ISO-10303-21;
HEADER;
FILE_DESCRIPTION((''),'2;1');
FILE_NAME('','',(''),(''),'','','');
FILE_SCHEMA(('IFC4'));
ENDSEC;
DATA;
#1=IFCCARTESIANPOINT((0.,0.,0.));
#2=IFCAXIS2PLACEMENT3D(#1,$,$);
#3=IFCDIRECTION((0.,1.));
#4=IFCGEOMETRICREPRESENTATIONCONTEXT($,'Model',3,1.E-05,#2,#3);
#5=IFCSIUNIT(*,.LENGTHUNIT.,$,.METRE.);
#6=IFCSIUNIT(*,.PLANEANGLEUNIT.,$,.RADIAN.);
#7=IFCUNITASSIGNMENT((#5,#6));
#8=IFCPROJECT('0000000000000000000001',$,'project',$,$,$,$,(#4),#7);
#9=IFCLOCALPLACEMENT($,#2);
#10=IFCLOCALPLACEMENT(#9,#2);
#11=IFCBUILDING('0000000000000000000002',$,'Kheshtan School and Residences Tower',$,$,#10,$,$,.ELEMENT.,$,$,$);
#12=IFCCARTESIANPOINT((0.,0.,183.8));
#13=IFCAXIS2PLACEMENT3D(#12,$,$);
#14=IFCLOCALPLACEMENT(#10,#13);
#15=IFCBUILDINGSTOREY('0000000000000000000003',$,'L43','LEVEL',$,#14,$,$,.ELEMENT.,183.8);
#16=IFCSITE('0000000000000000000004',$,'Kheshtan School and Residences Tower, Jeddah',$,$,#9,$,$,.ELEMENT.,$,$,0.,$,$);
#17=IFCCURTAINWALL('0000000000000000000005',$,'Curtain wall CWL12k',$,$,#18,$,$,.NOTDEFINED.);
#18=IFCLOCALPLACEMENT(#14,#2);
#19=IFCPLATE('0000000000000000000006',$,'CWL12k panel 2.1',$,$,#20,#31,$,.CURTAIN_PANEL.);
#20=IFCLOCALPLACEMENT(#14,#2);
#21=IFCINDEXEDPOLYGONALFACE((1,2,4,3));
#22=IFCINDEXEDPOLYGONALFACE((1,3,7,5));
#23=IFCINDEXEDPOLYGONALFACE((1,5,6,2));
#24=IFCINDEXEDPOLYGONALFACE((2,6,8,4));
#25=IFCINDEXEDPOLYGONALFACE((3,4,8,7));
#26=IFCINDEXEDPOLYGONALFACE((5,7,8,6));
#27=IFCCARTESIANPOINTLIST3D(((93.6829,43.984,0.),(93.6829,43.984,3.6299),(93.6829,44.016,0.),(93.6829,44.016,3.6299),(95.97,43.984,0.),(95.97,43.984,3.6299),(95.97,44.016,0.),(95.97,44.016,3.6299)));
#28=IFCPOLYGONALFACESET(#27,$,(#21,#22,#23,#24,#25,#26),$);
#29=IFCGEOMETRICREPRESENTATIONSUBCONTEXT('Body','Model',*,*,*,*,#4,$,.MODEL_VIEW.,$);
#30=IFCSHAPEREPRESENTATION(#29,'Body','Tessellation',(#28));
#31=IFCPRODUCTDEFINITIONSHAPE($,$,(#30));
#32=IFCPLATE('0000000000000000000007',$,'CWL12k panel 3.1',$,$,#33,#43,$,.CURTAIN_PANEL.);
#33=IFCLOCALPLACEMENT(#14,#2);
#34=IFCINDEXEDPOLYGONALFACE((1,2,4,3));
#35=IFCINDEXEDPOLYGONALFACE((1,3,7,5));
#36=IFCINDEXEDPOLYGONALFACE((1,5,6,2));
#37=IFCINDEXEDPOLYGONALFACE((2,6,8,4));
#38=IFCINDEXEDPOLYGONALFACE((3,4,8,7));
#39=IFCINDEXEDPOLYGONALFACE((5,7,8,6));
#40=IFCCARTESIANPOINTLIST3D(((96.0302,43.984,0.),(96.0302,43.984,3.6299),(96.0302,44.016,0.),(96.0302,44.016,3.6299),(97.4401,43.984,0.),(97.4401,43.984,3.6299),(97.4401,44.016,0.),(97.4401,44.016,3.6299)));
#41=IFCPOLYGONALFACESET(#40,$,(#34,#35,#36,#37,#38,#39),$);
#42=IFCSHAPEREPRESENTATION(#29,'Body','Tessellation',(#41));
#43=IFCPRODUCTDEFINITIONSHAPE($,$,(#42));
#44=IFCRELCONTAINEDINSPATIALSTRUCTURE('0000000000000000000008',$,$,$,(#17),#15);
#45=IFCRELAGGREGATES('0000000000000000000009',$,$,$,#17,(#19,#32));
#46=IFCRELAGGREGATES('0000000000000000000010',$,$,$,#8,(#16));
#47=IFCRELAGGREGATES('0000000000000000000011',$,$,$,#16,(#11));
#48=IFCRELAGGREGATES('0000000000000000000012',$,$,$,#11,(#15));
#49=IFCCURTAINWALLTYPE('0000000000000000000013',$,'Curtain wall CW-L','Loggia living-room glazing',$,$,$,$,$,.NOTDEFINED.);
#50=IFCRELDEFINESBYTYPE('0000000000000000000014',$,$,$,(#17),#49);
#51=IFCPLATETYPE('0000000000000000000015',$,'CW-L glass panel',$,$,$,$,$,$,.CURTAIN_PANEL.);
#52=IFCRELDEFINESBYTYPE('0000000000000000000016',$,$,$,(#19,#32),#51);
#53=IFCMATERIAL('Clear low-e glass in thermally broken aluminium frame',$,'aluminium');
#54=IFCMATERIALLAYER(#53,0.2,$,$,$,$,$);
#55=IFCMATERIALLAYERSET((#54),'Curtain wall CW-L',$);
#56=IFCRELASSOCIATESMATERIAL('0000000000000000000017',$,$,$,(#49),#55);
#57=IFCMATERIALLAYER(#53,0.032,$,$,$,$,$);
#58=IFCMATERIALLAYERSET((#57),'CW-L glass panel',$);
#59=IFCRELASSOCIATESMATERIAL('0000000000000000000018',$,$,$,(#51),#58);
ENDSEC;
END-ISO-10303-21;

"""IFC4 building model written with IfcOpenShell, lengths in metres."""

from ifc_helpers import new_model, si_unit, direction, frame, origin, origin_2d, place, context, subcontext, project, spatial, rectangle, extrude, material, layer, layer_set, type_object, element, aggregate, save


model = new_model("IFC4")

# Units and contexts
model_context = context("Model", 3, precision=1e-05, world=origin(), true_north=direction((0.0, 1.0)))
body_context = subcontext(model_context, "Body", "Model", "MODEL_VIEW")
ifc_project = project(units=[si_unit("LENGTHUNIT", "METRE"), si_unit("PLANEANGLEUNIT", "RADIAN")], contexts=[model_context])

# Site, building, storey
site_placement = place(None, origin())
site = spatial("IfcSite", under=ifc_project, at=site_placement, Name="Kheshtan School and Residences Tower, Jeddah", CompositionType="ELEMENT", RefElevation=0.0)
building_placement = place(site_placement, origin())
building = spatial("IfcBuilding", under=site, at=building_placement, Name="Kheshtan School and Residences Tower", CompositionType="ELEMENT")
storey_placement = place(building_placement, frame((0.0, 0.0, 183.8)))
storey = spatial("IfcBuildingStorey", under=building, at=storey_placement, Name="L43", Description="LEVEL", CompositionType="ELEMENT", Elevation=183.8)

# Curtain wall
ifc_material_1 = material(Name="Clear low-e glass in thermally broken aluminium frame", Category="aluminium")
ifc_layer_1 = layer(ifc_material_1, 0.2)
ifc_layer_set_1 = layer_set([ifc_layer_1], Name="Curtain wall CW-L")
curtain_wall_type = type_object("IfcCurtainWallType", Name="Curtain wall CW-L", Description="Loggia living-room glazing", PredefinedType="NOTDEFINED", material=ifc_layer_set_1)
curtain_wall_1_placement = place(storey_placement, origin())
curtain_wall_1 = element("IfcCurtainWall", 1, at=curtain_wall_1_placement, inside=storey, type_object=curtain_wall_type, Name="Curtain wall CWL12k", PredefinedType="NOTDEFINED")

# Plates
ifc_layer_2 = layer(ifc_material_1, 0.032)
ifc_layer_set_2 = layer_set([ifc_layer_2], Name="CW-L glass panel")
plate_type = type_object("IfcPlateType", Name="CW-L glass panel", PredefinedType="CURTAIN_PANEL", material=ifc_layer_set_2)
plate_1_placement = place(storey_placement, frame((94.8264, 44.0, 0.0), z_axis=(0.0, 0.0, 1.0), x_axis=(1.0, 0.0, 0.0)))
plate_1 = element("IfcPlate", 2, at=plate_1_placement, type_object=plate_type, Name="CWL12k panel 2.1", PredefinedType="CURTAIN_PANEL", context=body_context, shape_type="SweptSolid", body=[
    extrude(rectangle(XDim=2.2871, YDim=0.032, at=origin_2d()), origin(), (0.0, 0.0, 1.0), 3.6299),
])
plate_2_placement = place(storey_placement, frame((96.7351, 44.0, 0.0), z_axis=(0.0, 0.0, 1.0), x_axis=(1.0, 0.0, 0.0)))
plate_2 = element("IfcPlate", 3, at=plate_2_placement, type_object=plate_type, Name="CWL12k panel 3.1", PredefinedType="CURTAIN_PANEL", context=body_context, shape_type="SweptSolid", body=[
    extrude(rectangle(XDim=1.4099, YDim=0.032, at=origin_2d()), origin(), (0.0, 0.0, 1.0), 3.6299),
])
aggregate(curtain_wall_1, [plate_1, plate_2])

save(model, "model.ifc")
